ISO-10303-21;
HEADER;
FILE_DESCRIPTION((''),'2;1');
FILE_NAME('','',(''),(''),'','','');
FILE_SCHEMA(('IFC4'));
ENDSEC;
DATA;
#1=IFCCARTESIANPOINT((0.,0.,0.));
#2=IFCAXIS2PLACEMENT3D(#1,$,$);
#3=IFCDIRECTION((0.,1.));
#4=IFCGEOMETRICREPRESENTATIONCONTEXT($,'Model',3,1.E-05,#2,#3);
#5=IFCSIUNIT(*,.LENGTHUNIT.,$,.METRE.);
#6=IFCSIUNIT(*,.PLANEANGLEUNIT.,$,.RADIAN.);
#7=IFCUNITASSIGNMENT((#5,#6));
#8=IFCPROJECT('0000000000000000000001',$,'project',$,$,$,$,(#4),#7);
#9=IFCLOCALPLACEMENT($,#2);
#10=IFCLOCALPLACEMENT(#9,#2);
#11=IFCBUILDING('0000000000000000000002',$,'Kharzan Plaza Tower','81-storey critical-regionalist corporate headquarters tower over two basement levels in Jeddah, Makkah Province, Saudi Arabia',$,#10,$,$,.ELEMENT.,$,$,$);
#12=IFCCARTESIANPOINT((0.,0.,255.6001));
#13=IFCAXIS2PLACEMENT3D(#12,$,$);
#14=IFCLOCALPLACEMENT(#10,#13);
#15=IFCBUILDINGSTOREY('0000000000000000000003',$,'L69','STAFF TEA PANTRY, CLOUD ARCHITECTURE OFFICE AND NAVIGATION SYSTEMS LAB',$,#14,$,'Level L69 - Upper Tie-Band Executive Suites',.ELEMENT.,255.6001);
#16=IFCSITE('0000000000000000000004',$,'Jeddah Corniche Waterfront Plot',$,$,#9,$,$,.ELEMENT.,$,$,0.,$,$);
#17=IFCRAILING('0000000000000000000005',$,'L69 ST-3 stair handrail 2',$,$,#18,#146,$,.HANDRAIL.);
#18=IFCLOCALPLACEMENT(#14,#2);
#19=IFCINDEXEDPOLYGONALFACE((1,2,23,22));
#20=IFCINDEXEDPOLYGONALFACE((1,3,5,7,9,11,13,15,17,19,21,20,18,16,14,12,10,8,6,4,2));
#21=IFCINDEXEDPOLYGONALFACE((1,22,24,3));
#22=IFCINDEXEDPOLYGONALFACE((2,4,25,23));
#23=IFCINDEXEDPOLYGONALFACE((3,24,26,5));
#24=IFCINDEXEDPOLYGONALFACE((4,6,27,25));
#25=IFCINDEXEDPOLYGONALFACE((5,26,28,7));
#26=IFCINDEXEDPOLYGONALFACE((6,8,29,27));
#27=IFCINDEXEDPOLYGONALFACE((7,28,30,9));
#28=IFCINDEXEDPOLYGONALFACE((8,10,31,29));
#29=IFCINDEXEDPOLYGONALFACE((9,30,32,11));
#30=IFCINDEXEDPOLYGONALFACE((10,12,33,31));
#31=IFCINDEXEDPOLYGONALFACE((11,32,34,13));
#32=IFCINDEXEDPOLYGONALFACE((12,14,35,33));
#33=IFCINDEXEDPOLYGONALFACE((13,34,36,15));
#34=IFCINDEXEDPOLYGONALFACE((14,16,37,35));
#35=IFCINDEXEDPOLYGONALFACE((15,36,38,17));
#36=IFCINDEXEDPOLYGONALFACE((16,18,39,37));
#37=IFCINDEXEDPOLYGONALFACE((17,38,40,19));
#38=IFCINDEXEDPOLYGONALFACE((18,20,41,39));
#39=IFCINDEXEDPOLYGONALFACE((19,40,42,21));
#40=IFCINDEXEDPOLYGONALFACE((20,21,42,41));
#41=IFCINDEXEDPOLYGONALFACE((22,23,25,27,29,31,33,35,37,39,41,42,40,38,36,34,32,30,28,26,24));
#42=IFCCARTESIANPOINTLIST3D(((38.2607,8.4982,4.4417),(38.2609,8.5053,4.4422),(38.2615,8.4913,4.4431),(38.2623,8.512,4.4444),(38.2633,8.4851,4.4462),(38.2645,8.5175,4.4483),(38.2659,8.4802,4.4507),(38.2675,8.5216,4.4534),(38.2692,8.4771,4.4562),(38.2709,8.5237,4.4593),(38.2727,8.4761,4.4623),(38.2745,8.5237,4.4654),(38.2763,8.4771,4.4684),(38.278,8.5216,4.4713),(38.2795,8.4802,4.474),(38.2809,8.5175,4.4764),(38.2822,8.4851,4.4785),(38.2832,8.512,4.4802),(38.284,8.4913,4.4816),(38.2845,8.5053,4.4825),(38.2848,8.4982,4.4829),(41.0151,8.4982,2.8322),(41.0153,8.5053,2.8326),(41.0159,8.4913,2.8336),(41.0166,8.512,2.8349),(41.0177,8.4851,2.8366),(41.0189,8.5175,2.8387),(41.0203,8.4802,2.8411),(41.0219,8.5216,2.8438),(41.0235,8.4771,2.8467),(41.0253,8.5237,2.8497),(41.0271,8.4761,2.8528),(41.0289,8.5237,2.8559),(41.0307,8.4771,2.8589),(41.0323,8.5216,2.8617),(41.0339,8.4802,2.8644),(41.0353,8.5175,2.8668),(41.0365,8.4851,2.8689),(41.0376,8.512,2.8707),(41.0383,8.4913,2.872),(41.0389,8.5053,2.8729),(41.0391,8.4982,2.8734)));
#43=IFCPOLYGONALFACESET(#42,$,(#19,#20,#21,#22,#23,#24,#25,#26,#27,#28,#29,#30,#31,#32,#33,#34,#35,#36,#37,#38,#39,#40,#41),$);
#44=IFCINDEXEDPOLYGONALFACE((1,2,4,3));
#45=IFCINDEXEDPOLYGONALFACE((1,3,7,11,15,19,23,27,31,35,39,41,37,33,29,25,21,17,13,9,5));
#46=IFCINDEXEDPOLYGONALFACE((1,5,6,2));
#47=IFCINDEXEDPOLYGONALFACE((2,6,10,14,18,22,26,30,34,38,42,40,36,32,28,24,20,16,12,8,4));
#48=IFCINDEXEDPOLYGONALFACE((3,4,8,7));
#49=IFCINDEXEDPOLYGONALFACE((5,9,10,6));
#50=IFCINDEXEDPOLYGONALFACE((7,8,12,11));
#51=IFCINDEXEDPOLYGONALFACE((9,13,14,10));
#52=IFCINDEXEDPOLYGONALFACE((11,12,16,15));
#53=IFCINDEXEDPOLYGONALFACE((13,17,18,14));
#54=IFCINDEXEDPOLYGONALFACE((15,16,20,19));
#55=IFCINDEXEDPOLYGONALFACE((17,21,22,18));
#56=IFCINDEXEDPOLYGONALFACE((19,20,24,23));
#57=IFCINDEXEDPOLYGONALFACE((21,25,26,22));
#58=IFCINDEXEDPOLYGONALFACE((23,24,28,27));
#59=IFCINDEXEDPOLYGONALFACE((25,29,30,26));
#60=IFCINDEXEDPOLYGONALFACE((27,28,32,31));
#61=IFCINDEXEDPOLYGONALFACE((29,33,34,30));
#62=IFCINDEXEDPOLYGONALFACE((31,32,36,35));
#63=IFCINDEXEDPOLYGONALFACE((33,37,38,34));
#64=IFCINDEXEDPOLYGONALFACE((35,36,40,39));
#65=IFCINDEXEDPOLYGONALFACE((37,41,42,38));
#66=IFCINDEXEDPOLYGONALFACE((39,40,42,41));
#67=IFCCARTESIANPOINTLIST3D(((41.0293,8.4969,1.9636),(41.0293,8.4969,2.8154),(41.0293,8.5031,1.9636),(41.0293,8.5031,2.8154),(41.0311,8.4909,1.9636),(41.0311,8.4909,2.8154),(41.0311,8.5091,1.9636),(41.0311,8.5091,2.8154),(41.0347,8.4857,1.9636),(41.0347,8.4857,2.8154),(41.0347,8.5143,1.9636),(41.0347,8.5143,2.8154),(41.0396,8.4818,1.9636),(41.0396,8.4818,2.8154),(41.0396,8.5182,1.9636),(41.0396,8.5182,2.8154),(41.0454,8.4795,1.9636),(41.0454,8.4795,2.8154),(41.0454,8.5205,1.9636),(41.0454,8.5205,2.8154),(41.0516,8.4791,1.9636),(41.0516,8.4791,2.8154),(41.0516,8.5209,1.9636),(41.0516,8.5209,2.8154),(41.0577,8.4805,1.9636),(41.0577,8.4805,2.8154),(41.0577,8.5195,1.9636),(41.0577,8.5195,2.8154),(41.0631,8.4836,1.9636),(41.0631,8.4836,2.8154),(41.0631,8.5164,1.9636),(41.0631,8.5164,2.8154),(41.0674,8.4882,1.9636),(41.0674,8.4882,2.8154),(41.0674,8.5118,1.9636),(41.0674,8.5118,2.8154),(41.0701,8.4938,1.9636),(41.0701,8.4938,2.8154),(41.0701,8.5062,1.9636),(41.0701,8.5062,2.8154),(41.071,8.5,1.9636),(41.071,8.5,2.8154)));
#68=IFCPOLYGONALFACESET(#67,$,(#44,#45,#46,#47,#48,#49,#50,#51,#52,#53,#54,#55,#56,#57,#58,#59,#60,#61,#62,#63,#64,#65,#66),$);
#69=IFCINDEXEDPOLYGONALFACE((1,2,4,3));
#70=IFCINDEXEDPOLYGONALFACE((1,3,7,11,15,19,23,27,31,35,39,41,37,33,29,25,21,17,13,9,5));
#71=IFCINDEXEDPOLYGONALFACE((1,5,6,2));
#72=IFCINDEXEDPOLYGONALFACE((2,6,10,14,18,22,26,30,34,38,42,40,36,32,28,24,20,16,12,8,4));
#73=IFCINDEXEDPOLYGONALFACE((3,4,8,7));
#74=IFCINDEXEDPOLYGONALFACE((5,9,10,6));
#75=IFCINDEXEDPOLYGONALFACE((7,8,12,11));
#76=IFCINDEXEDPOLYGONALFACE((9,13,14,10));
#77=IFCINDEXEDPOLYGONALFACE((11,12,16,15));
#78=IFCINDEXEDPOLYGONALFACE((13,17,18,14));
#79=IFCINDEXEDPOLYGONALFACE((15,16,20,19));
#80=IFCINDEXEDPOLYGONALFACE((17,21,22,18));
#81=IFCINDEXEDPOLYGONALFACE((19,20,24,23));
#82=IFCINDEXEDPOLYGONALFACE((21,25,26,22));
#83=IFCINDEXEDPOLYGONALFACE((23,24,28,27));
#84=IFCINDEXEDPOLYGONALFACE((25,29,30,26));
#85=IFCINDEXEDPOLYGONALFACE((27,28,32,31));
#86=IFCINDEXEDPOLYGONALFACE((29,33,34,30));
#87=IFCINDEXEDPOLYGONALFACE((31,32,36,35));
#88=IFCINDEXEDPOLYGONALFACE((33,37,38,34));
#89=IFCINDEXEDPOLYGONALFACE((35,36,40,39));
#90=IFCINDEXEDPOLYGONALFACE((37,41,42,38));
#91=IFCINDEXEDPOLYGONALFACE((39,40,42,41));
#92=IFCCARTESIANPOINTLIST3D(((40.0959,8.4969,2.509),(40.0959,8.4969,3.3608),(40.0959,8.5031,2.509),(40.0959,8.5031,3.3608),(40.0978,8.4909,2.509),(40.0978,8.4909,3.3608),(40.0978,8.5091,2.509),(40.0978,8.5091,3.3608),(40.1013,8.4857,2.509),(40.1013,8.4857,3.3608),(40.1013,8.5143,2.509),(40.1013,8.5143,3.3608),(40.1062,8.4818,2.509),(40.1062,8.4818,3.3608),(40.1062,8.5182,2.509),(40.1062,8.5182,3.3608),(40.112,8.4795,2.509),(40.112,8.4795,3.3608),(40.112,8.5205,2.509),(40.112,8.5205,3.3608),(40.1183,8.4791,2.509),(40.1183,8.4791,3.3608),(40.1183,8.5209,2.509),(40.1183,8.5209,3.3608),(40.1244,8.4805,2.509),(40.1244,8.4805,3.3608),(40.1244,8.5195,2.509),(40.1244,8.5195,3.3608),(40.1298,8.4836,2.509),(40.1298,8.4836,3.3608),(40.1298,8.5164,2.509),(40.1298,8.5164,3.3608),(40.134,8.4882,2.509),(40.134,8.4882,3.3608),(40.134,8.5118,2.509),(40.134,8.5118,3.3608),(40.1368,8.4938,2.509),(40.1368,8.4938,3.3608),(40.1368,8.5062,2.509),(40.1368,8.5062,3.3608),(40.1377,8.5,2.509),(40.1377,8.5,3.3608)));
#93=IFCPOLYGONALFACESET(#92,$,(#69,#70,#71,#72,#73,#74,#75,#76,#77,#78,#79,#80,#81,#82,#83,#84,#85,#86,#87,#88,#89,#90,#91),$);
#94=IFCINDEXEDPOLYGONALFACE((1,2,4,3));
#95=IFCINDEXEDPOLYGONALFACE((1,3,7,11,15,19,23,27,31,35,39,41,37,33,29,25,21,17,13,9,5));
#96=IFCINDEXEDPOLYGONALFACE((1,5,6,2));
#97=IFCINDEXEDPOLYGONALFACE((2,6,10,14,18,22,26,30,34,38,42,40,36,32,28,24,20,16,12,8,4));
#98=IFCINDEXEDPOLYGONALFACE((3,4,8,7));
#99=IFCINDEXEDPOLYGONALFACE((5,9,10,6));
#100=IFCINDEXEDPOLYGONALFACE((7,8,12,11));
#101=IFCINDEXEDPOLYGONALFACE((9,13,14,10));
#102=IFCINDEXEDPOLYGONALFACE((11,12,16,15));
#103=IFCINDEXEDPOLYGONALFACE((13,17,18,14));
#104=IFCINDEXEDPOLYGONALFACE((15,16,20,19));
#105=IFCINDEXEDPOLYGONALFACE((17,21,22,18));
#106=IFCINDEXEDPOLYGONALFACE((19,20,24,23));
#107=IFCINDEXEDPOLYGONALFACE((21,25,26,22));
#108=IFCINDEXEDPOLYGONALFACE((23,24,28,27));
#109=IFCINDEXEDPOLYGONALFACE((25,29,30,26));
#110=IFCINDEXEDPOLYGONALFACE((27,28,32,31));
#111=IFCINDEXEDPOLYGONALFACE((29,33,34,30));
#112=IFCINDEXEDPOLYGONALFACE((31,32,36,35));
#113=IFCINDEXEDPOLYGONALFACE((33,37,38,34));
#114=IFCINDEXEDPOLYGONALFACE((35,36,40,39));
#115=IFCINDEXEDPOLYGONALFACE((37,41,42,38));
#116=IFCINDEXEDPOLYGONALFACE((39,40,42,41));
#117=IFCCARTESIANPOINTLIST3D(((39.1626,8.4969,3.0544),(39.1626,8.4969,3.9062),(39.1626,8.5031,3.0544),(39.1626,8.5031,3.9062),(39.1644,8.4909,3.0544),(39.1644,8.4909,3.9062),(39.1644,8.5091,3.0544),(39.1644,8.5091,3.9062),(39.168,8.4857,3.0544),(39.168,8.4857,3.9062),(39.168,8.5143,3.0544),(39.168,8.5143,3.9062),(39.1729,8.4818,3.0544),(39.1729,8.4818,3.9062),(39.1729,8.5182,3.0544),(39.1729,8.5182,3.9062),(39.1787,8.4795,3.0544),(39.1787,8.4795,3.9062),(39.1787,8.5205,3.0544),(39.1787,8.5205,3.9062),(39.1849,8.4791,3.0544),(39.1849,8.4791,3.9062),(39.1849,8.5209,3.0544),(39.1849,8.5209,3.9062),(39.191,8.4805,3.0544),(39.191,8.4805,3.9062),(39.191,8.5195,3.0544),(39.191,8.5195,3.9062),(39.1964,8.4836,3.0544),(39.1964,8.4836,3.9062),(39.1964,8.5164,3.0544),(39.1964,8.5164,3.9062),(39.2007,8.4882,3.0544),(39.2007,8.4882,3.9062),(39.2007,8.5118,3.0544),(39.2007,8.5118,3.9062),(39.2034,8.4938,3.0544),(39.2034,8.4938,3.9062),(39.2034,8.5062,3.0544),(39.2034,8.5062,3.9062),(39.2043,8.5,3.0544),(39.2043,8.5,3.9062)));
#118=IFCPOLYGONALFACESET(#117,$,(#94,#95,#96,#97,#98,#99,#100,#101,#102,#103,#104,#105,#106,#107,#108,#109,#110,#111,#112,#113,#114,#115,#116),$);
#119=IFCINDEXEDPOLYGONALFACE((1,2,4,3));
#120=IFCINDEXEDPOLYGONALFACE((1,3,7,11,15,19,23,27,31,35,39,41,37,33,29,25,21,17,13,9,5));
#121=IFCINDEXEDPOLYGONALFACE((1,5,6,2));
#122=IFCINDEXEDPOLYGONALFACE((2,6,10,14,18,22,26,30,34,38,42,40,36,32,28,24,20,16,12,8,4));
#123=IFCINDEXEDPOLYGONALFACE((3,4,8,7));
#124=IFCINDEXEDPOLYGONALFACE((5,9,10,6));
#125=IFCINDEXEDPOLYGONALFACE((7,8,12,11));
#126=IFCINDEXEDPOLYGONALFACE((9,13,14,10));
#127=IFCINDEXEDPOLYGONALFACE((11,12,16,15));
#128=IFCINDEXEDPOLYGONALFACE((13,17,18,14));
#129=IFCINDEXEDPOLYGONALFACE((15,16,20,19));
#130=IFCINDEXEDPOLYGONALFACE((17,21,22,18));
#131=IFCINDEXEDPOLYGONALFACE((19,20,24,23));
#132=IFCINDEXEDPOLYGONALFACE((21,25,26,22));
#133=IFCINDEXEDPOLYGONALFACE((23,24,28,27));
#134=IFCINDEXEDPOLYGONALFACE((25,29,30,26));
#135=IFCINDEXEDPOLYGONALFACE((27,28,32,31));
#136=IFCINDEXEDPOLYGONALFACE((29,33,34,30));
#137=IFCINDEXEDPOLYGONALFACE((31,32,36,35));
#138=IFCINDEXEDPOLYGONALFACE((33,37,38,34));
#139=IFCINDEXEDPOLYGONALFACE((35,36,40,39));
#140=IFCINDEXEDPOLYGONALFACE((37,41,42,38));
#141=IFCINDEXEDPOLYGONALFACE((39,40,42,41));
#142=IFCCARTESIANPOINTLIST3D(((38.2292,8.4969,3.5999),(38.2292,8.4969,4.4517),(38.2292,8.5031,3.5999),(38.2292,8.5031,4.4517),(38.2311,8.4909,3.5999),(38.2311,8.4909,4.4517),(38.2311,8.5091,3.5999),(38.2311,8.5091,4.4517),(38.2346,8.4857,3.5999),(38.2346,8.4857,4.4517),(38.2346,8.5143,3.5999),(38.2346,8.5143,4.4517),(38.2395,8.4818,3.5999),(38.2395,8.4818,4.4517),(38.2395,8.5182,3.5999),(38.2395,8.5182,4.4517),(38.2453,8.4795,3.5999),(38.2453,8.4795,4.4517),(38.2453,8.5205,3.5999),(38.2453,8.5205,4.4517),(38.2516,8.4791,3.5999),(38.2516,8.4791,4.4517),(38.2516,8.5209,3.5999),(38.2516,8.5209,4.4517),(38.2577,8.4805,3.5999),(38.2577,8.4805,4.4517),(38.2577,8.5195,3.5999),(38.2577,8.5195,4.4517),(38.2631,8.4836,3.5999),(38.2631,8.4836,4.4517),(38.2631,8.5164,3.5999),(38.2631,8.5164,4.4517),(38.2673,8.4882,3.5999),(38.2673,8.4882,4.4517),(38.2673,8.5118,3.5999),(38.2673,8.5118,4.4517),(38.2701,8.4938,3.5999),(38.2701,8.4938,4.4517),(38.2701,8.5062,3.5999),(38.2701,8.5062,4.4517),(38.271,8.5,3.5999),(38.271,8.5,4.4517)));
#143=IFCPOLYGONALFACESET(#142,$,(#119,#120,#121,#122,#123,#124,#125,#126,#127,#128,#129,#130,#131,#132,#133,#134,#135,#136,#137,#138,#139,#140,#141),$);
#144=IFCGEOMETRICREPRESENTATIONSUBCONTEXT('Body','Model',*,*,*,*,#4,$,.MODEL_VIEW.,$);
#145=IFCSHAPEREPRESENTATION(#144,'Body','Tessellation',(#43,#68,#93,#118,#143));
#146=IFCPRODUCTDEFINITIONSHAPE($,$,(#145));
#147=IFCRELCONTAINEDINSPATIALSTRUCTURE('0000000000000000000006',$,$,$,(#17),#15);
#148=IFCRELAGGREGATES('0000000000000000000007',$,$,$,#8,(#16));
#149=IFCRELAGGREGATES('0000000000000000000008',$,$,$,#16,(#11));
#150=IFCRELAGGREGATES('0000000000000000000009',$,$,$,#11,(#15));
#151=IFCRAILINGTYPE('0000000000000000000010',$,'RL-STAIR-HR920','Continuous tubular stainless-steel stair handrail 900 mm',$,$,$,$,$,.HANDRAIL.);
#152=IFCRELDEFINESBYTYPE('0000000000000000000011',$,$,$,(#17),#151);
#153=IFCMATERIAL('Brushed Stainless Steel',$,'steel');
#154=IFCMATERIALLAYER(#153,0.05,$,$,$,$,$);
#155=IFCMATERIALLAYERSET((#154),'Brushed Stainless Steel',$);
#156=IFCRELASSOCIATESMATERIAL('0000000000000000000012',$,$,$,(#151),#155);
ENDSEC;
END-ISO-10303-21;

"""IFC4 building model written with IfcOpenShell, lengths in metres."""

from ifc_helpers import new_model, si_unit, direction, frame, origin, origin_2d, place, context, subcontext, project, spatial, circle, extrude, source, transform, mapped, material, layer, layer_set, type_object, element, save


model = new_model("IFC4")

# Units and contexts
model_context = context("Model", 3, precision=1e-05, world=origin(), true_north=direction((0.0, 1.0)))
body_context = subcontext(model_context, "Body", "Model", "MODEL_VIEW")
ifc_project = project(units=[si_unit("LENGTHUNIT", "METRE"), si_unit("PLANEANGLEUNIT", "RADIAN")], contexts=[model_context])

# Site, building, storey
site_placement = place(None, origin())
site = spatial("IfcSite", under=ifc_project, at=site_placement, Name="Jeddah Corniche Waterfront Plot", CompositionType="ELEMENT", RefElevation=0.0)
building_placement = place(site_placement, origin())
building = spatial("IfcBuilding", under=site, at=building_placement, Name="Kharzan Plaza Tower", Description="81-storey critical-regionalist corporate headquarters tower over two basement levels in Jeddah, Makkah Province, Saudi Arabia", CompositionType="ELEMENT")
storey_placement = place(building_placement, frame((0.0, 0.0, 255.6001)))
storey = spatial("IfcBuildingStorey", under=building, at=storey_placement, Name="L69", Description="STAFF TEA PANTRY, CLOUD ARCHITECTURE OFFICE AND NAVIGATION SYSTEMS LAB", LongName="Level L69 - Upper Tie-Band Executive Suites", CompositionType="ELEMENT", Elevation=255.6001)

# Railing
ifc_material_1 = material(Name="Brushed Stainless Steel", Category="steel")
ifc_layer_1 = layer(ifc_material_1, 0.05)
ifc_layer_set_1 = layer_set([ifc_layer_1], Name="Brushed Stainless Steel")
railing_type_1 = type_object("IfcRailingType", Name="RL-STAIR-HR920", Description="Continuous tubular stainless-steel stair handrail 900 mm", PredefinedType="HANDRAIL", material=ifc_layer_set_1)
shared_shape_1 = source(origin(), body_context, "Body", "SweptSolid", [
    extrude(circle(Radius=0.0239, at=origin_2d()), frame((-0.0229, 0.0, 0.8892), z_axis=(-0.863394, 0.0, 0.504531), x_axis=(0.0, -1.0, 0.0)), (0.0, 0.0, 1.0), 3.1902),
    extrude(circle(Radius=0.021, at=origin_2d()), origin(), (0.0, 0.0, 1.0), 0.8518),
    extrude(circle(Radius=0.021, at=origin_2d()), frame((-0.9333, 0.0, 0.5454)), (0.0, 0.0, 1.0), 0.8518),
    extrude(circle(Radius=0.021, at=origin_2d()), frame((-1.8667, 0.0, 1.0908)), (0.0, 0.0, 1.0), 0.8518),
    extrude(circle(Radius=0.021, at=origin_2d()), frame((-2.8, 0.0, 1.6362)), (0.0, 0.0, 1.0), 0.8518),
])
railing_1_placement = place(storey_placement, frame((41.05, 8.5, 1.9636)))
element("IfcRailing", 1, at=railing_1_placement, inside=storey, type_object=railing_type_1, Name="L69 ST-3 stair handrail 2", PredefinedType="HANDRAIL", context=body_context, shape_type="MappedRepresentation", body=[
    mapped(shared_shape_1, transform((0.0, 0.0, 0.0), x_axis=(1.0, 0.0, 0.0), y_axis=(0.0, 1.0, 0.0), z_axis=(0.0, 0.0, 1.0))),
])

save(model, "model.ifc")
